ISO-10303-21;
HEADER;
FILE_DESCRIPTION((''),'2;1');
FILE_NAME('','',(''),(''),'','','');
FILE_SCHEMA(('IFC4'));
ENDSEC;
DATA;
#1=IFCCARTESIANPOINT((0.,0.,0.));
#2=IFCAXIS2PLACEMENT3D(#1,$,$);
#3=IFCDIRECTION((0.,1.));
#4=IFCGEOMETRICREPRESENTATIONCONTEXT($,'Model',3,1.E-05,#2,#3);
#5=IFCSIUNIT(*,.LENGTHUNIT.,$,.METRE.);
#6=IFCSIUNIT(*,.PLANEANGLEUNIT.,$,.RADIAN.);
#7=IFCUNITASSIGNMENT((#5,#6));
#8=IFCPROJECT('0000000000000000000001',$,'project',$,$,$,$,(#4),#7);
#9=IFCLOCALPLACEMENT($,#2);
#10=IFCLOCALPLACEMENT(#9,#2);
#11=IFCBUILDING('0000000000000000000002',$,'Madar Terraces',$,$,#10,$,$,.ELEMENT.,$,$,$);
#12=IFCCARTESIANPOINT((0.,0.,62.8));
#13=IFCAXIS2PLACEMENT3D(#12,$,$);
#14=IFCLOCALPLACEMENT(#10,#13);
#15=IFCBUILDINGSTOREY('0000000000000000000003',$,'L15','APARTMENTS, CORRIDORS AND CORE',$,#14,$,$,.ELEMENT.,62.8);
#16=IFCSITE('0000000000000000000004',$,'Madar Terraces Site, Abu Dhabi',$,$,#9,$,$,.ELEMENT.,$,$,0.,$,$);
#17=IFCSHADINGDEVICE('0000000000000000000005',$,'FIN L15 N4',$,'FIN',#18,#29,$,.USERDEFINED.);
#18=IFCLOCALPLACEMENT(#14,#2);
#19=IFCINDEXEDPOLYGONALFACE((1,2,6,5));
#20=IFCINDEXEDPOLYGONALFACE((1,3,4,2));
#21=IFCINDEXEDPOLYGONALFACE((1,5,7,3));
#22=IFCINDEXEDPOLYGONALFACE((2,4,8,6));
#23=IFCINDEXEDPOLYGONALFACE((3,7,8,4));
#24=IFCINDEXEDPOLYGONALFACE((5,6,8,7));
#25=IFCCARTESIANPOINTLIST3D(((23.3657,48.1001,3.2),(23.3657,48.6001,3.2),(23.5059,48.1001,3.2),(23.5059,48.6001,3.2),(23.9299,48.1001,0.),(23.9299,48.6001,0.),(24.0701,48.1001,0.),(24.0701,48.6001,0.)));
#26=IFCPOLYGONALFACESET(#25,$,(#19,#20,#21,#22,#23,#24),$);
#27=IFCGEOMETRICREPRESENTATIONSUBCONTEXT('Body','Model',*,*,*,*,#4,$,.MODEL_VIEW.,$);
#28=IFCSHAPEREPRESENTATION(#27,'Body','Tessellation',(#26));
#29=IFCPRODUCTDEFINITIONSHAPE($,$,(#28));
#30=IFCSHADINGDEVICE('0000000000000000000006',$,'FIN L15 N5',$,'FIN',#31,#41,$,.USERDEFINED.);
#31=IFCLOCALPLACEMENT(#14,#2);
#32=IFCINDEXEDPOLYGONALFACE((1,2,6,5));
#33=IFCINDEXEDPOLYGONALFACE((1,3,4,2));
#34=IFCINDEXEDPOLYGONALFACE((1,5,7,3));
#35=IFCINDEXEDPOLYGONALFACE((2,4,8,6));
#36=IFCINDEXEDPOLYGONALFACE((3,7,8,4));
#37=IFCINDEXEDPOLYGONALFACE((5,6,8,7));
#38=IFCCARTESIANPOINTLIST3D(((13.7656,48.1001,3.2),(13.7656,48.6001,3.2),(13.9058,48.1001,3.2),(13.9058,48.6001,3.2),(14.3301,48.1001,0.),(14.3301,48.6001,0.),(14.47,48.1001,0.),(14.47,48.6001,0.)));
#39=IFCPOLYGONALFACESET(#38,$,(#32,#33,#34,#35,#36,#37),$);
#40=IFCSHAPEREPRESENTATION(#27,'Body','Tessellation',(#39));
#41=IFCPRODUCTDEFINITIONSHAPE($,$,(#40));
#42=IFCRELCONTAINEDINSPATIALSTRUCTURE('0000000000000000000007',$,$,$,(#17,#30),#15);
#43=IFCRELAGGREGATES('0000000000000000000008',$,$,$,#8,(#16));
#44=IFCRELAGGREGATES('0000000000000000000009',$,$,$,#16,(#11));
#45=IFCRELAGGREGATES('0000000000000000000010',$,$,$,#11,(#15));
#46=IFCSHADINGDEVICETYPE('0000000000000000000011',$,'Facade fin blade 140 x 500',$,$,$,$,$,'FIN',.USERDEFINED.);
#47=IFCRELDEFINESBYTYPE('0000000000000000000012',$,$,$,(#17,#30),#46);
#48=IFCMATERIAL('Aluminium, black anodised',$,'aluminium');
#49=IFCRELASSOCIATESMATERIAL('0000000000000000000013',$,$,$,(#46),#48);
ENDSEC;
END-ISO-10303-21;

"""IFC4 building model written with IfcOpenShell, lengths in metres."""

from ifc_helpers import new_model, si_unit, direction, frame, origin, place, context, subcontext, project, spatial, polyline, outline, extrude, material, type_object, element, save


model = new_model("IFC4")

# Units and contexts
model_context = context("Model", 3, precision=1e-05, world=origin(), true_north=direction((0.0, 1.0)))
body_context = subcontext(model_context, "Body", "Model", "MODEL_VIEW")
ifc_project = project(units=[si_unit("LENGTHUNIT", "METRE"), si_unit("PLANEANGLEUNIT", "RADIAN")], contexts=[model_context])

# Site, building, storey
site_placement = place(None, origin())
site = spatial("IfcSite", under=ifc_project, at=site_placement, Name="Madar Terraces Site, Abu Dhabi", CompositionType="ELEMENT", RefElevation=0.0)
building_placement = place(site_placement, origin())
building = spatial("IfcBuilding", under=site, at=building_placement, Name="Madar Terraces", CompositionType="ELEMENT")
storey_placement = place(building_placement, frame((0.0, 0.0, 62.8)))
storey = spatial("IfcBuildingStorey", under=building, at=storey_placement, Name="L15", Description="APARTMENTS, CORRIDORS AND CORE", CompositionType="ELEMENT", Elevation=62.8)

# Shading devices
ifc_material_1 = material(Name="Aluminium, black anodised", Category="aluminium")
shading_device_type = type_object("IfcShadingDeviceType", Name="Facade fin blade 140 x 500", ElementType="FIN", PredefinedType="USERDEFINED", material=ifc_material_1)
shading_device_1_placement = place(storey_placement, frame((24.0701, 48.3501, 0.0), z_axis=(0.0, 0.0, 1.0), x_axis=(-1.0, 0.0, 0.0)))
element("IfcShadingDevice", 1, at=shading_device_1_placement, inside=storey, type_object=shading_device_type, Name="FIN L15 N4", ObjectType="FIN", PredefinedType="USERDEFINED", context=body_context, shape_type="SweptSolid", body=[
    extrude(outline(polyline([(0.0, 0.0), (0.1401, 0.0), (0.7043, 3.2), (0.5642, 3.2), (0.0, 0.0)])), frame((0.0, 0.25, 0.0), z_axis=(0.0, -1.0, 0.0), x_axis=(1.0, 0.0, 0.0)), (0.0, 0.0, 1.0), 0.5),
])
shading_device_2_placement = place(storey_placement, frame((14.47, 48.3501, 0.0), z_axis=(0.0, 0.0, 1.0), x_axis=(-1.0, 0.0, 0.0)))
element("IfcShadingDevice", 2, at=shading_device_2_placement, inside=storey, type_object=shading_device_type, Name="FIN L15 N5", ObjectType="FIN", PredefinedType="USERDEFINED", context=body_context, shape_type="SweptSolid", body=[
    extrude(outline(polyline([(0.0, 0.0), (0.1399, 0.0), (0.7043, 3.2), (0.5642, 3.2), (0.0, 0.0)])), frame((0.0, 0.25, 0.0), z_axis=(0.0, -1.0, 0.0), x_axis=(1.0, 0.0, 0.0)), (0.0, 0.0, 1.0), 0.5),
])

save(model, "model.ifc")
